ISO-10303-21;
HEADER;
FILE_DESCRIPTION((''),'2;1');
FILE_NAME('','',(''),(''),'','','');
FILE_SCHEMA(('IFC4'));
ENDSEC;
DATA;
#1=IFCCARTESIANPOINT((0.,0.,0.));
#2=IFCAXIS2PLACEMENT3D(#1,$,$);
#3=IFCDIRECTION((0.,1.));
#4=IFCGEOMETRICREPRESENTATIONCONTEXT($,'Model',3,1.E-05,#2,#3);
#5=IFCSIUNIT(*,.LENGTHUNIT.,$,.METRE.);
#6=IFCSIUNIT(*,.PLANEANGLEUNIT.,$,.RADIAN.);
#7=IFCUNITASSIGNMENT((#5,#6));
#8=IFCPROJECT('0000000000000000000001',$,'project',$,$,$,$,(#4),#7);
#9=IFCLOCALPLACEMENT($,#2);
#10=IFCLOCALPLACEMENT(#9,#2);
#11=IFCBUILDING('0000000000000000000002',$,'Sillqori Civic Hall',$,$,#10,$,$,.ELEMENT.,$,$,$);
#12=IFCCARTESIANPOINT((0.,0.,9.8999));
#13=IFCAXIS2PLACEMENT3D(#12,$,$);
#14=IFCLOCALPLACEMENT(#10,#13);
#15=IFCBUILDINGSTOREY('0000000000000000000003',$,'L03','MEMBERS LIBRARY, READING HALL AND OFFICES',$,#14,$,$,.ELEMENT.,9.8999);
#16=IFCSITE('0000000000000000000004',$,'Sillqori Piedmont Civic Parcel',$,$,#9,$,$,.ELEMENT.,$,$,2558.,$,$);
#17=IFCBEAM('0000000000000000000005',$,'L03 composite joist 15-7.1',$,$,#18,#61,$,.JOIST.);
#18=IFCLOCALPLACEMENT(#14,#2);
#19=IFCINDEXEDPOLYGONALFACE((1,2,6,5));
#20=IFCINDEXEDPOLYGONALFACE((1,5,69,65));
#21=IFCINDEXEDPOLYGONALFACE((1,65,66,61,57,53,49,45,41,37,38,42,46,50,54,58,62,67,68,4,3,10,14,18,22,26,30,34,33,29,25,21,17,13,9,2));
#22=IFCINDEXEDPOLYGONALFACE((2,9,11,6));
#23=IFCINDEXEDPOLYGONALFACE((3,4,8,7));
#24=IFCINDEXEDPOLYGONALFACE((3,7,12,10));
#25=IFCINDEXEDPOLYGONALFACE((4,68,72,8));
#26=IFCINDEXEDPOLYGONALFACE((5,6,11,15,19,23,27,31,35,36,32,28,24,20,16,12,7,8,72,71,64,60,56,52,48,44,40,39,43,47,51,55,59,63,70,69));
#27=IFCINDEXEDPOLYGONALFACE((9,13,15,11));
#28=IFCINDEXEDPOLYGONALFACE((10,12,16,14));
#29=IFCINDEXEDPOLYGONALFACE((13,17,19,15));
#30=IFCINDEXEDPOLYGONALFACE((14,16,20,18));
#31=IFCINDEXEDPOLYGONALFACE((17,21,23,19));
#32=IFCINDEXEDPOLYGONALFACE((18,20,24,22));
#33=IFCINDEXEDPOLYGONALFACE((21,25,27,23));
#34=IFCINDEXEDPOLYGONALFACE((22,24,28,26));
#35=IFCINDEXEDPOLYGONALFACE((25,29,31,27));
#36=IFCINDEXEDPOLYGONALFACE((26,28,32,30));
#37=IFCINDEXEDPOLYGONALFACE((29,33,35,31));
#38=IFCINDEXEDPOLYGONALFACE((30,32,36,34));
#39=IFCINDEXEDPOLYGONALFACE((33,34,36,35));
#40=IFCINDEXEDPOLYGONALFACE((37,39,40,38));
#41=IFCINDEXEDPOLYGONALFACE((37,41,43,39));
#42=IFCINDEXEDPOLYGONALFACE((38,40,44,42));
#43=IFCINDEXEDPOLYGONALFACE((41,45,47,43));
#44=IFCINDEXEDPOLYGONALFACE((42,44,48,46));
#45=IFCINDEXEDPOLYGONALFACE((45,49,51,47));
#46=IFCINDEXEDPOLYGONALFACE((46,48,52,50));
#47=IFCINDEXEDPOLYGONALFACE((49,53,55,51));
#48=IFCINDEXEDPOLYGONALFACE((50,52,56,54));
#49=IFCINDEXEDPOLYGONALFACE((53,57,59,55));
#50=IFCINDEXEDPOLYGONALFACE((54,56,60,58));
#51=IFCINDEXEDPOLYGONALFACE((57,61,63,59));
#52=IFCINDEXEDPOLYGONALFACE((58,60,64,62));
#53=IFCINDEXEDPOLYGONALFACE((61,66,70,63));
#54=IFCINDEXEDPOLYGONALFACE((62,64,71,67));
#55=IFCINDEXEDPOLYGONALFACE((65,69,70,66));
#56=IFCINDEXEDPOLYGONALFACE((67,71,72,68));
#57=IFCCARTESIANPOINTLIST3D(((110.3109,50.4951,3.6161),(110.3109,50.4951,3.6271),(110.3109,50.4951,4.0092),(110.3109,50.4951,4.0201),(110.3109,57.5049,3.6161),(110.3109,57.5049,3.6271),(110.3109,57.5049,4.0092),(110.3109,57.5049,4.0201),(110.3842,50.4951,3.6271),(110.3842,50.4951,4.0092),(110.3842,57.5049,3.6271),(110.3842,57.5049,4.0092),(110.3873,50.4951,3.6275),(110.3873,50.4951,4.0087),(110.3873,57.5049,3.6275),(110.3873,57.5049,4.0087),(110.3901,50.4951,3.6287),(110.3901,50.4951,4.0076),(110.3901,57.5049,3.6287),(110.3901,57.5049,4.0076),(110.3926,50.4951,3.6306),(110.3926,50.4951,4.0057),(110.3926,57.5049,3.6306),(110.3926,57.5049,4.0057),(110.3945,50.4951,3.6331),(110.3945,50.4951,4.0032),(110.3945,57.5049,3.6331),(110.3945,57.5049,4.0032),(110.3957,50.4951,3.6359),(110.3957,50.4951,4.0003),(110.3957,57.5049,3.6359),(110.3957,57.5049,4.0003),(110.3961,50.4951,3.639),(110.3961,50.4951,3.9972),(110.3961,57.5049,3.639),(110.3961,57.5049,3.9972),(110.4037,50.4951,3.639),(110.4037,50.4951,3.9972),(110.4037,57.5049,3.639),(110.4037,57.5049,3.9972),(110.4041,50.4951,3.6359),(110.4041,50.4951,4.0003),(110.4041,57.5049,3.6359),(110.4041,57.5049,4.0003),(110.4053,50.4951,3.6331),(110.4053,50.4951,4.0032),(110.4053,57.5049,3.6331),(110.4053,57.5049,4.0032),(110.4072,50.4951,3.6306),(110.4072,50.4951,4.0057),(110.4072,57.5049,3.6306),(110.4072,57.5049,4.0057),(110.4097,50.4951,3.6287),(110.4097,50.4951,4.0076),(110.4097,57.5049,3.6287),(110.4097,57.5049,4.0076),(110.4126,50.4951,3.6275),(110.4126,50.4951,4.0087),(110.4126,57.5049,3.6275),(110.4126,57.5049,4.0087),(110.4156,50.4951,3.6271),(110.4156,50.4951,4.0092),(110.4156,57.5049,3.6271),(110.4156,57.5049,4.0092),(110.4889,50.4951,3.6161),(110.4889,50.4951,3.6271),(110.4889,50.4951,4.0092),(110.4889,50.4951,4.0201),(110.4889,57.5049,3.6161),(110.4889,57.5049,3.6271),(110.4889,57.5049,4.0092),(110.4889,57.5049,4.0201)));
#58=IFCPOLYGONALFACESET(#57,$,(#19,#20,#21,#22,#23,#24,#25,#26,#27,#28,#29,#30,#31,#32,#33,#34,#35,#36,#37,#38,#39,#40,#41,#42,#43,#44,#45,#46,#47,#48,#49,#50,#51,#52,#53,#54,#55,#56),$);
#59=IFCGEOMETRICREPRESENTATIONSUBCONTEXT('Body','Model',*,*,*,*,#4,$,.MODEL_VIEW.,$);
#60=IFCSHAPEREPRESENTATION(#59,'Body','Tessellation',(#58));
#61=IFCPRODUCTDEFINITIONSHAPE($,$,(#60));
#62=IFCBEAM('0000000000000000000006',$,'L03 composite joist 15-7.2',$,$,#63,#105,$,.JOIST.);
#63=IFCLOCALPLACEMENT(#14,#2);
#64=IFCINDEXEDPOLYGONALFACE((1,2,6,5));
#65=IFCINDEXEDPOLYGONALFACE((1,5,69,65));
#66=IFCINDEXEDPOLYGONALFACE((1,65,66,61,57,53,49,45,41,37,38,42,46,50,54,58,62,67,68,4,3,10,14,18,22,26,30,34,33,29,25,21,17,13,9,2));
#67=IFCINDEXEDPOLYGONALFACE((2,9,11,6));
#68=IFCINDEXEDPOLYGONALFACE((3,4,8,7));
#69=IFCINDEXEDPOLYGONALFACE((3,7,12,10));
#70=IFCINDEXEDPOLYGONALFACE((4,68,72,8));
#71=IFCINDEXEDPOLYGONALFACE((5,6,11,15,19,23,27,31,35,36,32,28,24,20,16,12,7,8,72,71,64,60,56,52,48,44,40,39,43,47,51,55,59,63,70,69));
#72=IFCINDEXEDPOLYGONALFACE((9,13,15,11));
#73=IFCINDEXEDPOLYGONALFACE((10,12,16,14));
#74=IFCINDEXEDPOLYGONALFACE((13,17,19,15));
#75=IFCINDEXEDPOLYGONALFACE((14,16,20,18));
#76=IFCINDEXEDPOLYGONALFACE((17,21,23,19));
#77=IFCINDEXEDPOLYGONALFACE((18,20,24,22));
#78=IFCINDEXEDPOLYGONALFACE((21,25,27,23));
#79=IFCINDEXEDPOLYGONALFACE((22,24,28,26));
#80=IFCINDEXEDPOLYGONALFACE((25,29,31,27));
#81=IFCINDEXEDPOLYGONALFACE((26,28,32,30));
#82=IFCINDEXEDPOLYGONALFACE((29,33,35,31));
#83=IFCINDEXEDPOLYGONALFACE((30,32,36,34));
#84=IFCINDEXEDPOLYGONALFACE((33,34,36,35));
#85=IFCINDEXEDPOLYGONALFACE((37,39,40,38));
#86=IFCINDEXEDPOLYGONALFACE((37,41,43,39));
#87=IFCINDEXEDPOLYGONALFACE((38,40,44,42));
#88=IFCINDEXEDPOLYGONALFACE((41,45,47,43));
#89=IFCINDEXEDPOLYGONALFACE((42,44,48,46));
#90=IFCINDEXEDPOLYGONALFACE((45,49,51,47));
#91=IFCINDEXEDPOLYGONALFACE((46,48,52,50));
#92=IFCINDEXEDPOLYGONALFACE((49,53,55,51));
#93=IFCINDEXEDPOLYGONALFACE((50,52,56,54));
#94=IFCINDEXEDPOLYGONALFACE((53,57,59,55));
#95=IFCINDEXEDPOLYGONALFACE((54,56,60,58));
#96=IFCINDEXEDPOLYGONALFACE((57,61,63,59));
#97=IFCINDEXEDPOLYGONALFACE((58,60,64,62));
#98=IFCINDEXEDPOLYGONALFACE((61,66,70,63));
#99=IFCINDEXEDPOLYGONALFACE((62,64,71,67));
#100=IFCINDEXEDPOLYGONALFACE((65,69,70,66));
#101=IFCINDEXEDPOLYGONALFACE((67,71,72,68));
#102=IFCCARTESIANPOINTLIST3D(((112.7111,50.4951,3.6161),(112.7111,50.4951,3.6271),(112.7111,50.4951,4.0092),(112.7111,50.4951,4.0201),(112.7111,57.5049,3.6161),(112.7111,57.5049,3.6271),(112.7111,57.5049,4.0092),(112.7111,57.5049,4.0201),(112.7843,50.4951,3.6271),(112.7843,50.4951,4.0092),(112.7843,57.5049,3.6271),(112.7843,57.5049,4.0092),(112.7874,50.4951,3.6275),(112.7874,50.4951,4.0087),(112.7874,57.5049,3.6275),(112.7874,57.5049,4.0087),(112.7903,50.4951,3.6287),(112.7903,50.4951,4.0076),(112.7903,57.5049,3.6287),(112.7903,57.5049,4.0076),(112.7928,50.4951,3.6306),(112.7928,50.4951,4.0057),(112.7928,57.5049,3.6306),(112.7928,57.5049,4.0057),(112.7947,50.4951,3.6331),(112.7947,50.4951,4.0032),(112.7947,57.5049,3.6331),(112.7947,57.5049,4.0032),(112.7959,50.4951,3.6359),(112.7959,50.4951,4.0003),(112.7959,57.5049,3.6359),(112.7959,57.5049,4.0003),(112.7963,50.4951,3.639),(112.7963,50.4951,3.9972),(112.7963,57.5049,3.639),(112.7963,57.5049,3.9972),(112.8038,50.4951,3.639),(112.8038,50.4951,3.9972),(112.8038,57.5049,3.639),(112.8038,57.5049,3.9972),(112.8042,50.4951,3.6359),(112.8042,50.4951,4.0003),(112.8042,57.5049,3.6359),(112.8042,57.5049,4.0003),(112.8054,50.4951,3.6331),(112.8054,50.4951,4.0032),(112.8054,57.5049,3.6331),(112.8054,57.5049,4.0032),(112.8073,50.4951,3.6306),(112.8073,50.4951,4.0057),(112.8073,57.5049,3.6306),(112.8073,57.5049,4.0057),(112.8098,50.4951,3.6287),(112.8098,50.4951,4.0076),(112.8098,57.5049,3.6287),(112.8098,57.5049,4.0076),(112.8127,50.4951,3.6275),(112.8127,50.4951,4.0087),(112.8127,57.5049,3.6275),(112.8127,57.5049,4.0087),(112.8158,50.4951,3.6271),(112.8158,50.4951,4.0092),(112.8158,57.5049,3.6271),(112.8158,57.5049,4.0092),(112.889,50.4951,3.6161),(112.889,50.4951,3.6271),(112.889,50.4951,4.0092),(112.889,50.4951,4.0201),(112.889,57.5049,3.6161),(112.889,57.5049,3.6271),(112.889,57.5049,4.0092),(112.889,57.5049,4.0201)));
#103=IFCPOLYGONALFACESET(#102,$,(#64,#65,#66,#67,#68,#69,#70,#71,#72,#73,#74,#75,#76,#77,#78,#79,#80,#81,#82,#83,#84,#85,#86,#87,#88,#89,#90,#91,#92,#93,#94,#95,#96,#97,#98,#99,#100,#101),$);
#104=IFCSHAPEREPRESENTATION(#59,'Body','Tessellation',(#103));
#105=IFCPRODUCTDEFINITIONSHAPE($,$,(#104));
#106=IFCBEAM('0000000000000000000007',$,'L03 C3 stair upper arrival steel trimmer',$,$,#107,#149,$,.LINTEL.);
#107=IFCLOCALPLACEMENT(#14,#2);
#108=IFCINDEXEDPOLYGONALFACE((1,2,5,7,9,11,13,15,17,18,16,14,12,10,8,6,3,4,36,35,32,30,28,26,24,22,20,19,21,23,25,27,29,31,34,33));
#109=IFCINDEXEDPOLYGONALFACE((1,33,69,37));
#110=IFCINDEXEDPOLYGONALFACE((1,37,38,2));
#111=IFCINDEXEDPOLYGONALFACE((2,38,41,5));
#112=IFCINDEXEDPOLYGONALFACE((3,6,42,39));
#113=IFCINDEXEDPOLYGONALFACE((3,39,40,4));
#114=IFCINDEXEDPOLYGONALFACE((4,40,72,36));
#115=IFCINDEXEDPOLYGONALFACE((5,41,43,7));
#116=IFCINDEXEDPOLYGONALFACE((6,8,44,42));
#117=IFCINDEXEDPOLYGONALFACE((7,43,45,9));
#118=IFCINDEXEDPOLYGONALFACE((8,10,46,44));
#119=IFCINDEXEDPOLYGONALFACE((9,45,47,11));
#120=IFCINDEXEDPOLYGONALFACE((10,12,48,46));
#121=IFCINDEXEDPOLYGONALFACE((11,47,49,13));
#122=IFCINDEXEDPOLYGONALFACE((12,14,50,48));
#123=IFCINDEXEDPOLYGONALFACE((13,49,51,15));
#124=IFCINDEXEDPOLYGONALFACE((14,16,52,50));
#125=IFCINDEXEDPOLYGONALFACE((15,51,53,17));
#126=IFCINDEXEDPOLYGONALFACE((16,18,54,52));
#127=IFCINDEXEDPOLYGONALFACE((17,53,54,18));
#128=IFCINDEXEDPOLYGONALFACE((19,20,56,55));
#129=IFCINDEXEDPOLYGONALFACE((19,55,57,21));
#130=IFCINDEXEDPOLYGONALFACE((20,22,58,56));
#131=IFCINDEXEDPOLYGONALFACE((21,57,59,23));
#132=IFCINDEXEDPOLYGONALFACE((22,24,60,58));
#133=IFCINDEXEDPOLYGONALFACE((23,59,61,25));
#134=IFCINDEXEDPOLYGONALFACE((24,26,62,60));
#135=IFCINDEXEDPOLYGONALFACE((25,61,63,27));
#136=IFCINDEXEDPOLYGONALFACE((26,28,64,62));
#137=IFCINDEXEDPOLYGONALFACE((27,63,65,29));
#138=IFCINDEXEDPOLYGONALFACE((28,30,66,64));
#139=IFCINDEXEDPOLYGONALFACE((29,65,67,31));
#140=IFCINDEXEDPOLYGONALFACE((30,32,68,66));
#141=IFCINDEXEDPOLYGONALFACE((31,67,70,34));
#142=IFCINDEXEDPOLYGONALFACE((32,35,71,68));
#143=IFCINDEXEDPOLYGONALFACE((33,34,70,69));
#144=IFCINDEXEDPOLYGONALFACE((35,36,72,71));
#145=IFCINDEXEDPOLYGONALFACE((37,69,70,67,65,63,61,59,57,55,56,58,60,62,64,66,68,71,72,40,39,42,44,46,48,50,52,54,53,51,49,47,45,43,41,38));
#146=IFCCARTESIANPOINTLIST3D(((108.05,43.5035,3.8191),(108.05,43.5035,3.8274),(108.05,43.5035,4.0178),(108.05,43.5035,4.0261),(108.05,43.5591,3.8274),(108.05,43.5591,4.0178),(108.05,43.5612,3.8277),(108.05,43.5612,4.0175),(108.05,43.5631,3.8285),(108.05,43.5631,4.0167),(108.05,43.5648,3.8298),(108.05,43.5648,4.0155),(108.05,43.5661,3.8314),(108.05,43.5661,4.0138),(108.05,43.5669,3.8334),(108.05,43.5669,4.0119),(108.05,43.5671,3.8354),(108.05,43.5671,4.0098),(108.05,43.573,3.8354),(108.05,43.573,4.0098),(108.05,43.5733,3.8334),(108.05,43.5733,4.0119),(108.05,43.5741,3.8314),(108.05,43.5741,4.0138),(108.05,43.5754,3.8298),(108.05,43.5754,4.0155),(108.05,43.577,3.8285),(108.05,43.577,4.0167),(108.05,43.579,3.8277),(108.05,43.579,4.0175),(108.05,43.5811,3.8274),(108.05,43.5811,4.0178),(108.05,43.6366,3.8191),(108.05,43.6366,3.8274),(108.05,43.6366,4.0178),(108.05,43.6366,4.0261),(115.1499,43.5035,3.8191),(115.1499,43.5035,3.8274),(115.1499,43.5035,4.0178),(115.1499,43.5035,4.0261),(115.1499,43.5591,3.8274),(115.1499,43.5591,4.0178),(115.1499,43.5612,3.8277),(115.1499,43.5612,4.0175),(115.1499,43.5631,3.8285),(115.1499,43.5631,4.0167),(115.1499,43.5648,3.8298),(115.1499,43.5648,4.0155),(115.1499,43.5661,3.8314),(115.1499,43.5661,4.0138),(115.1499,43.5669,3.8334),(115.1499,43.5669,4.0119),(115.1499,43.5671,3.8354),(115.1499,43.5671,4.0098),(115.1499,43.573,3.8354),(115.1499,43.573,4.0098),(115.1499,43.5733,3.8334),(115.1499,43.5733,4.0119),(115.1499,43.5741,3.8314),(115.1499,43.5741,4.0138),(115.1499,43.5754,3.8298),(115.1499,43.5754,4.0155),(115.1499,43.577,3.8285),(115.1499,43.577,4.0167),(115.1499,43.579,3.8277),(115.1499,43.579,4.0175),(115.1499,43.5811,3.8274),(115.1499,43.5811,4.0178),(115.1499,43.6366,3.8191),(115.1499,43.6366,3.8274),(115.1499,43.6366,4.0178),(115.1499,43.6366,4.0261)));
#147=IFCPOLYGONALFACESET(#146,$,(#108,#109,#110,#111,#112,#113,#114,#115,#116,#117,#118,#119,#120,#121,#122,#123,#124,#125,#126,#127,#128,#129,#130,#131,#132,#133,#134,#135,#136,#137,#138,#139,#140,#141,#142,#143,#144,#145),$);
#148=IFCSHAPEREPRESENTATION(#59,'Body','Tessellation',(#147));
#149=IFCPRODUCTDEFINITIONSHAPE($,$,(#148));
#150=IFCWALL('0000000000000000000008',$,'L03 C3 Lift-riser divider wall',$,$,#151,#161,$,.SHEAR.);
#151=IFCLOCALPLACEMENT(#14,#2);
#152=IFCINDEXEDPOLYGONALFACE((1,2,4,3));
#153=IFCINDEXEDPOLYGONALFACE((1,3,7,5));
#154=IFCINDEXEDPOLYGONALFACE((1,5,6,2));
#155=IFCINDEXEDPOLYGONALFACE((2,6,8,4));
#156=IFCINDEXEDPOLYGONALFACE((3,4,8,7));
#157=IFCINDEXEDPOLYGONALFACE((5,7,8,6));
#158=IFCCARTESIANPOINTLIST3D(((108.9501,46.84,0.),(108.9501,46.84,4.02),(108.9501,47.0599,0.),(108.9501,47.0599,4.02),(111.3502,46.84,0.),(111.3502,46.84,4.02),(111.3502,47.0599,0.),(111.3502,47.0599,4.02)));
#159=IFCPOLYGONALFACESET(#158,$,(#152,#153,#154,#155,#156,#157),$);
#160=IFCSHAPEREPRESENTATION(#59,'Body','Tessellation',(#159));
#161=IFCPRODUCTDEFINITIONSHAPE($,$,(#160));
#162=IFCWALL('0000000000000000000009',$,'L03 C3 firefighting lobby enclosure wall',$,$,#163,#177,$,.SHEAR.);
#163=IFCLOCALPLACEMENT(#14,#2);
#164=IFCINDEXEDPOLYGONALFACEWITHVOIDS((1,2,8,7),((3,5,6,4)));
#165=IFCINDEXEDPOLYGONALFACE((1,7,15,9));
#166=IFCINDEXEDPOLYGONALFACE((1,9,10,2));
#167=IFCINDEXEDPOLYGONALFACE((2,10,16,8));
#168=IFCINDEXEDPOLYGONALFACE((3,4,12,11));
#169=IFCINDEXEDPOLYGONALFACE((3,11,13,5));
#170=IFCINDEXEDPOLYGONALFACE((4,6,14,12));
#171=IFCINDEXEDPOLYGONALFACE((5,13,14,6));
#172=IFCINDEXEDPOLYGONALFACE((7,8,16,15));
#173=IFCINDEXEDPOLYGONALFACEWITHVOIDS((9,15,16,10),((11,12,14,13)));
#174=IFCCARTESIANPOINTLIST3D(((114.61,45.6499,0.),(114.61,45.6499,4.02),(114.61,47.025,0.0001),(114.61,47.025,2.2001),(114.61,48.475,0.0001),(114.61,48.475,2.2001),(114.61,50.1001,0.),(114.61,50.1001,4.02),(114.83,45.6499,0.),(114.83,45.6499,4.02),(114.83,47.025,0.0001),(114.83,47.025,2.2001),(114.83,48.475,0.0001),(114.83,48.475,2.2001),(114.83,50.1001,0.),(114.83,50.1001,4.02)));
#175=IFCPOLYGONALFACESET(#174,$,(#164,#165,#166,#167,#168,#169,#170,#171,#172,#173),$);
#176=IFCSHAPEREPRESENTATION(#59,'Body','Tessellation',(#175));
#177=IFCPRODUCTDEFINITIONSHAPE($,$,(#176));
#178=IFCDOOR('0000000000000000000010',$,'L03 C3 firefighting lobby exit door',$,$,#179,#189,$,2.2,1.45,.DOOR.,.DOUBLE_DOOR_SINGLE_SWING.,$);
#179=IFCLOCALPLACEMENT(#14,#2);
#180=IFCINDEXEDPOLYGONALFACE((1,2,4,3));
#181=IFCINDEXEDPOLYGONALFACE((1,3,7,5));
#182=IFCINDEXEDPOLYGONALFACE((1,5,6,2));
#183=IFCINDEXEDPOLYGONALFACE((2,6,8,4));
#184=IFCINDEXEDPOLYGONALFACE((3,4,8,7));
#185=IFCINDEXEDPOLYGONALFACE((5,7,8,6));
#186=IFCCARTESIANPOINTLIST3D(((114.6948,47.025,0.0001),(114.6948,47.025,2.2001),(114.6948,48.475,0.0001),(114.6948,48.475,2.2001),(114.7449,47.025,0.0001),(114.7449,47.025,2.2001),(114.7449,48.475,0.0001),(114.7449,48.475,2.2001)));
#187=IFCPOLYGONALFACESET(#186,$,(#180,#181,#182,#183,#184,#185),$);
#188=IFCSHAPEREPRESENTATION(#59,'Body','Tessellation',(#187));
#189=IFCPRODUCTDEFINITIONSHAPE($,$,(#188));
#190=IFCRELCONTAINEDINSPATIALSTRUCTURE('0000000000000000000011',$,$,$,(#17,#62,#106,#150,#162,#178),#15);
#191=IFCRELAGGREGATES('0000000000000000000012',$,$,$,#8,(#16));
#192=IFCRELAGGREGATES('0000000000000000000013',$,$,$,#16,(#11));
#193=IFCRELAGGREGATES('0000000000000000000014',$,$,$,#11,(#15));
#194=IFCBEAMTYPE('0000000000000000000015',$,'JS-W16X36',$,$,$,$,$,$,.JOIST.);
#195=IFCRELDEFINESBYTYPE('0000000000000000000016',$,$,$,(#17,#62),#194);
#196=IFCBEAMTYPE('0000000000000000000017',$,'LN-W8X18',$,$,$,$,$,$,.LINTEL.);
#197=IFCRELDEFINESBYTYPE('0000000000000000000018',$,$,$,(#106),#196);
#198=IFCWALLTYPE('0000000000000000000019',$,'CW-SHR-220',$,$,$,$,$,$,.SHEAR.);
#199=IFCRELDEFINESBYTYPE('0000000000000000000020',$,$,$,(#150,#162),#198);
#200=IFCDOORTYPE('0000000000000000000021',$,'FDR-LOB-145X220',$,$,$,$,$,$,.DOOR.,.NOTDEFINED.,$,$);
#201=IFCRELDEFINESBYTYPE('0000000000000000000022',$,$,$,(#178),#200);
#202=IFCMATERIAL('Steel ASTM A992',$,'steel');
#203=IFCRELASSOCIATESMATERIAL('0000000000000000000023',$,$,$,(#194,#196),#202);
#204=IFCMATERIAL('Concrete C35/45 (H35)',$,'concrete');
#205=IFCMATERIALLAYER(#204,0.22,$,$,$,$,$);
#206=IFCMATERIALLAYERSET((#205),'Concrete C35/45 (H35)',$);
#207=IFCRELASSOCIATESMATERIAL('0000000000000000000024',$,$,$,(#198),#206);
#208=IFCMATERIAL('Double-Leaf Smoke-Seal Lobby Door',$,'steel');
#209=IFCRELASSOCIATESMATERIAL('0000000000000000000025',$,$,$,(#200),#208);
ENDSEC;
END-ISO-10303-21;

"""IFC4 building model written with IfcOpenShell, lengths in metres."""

from ifc_helpers import new_model, si_unit, direction, frame, frame_2d, origin, origin_2d, place, context, subcontext, project, spatial, rectangle, i_section, extrude, material, layer, layer_set, material_profile, profile_set, type_object, element, fill, save


model = new_model("IFC4")

# Units and contexts
model_context = context("Model", 3, precision=1e-05, world=origin(), true_north=direction((0.0, 1.0)))
body_context = subcontext(model_context, "Body", "Model", "MODEL_VIEW")
ifc_project = project(units=[si_unit("LENGTHUNIT", "METRE"), si_unit("PLANEANGLEUNIT", "RADIAN")], contexts=[model_context])

# Site, building, storey
site_placement = place(None, origin())
site = spatial("IfcSite", under=ifc_project, at=site_placement, Name="Sillqori Piedmont Civic Parcel", CompositionType="ELEMENT", RefElevation=2558.0)
building_placement = place(site_placement, origin())
building = spatial("IfcBuilding", under=site, at=building_placement, Name="Sillqori Civic Hall", CompositionType="ELEMENT")
storey_placement = place(building_placement, frame((0.0, 0.0, 9.8999)))
storey = spatial("IfcBuildingStorey", under=building, at=storey_placement, Name="L03", Description="MEMBERS LIBRARY, READING HALL AND OFFICES", CompositionType="ELEMENT", Elevation=9.8999)

# Shared definitions
ifc_material_1 = material(Name="Concrete C35/45 (H35)", Category="concrete")

# Beams
ifc_material_2 = material(Name="Steel ASTM A992", Category="steel")
ifc_material_profile_1 = material_profile(ifc_material_2, i_section(OverallWidth=0.178, OverallDepth=0.4041, WebThickness=0.0076, FlangeThickness=0.011, FilletRadius=0.012, at=origin_2d()), Name="W16X36")
ifc_profile_set_1 = profile_set([ifc_material_profile_1], Name="Steel ASTM A992")
beam_type_1 = type_object("IfcBeamType", Name="JS-W16X36", PredefinedType="JOIST", material=ifc_profile_set_1)
for number, where, z_axis, x_axis, name in (
    (1, (110.3999, 50.4951, 3.8181), (0.0, 1.0, 0.0), (-1.0, 0.0, 0.0), "L03 composite joist 15-7.1"),
    (2, (112.8, 50.4951, 3.8181), (0.0, 1.0, 0.0), (-1.0, 0.0, 0.0), "L03 composite joist 15-7.2"),
):
    element("IfcBeam", number, at=place(storey_placement, frame(where, z_axis=z_axis, x_axis=x_axis)), inside=storey, type_object=beam_type_1, Name=name, PredefinedType="JOIST", context=body_context, shape_type="SweptSolid", body=[
        extrude(i_section(OverallWidth=0.178, OverallDepth=0.4041, WebThickness=0.0076, FlangeThickness=0.011, FilletRadius=0.012, at=origin_2d()), origin(), (0.0, 0.0, 1.0), 7.0098),
    ])
ifc_material_profile_2 = material_profile(ifc_material_2, i_section(OverallWidth=0.1331, OverallDepth=0.207, WebThickness=0.0059, FlangeThickness=0.0083, FilletRadius=0.0081, at=origin_2d()), Name="W8X18")
ifc_profile_set_2 = profile_set([ifc_material_profile_2], Name="Steel ASTM A992")
beam_type_2 = type_object("IfcBeamType", Name="LN-W8X18", PredefinedType="LINTEL", material=ifc_profile_set_2)
beam_1_placement = place(storey_placement, frame((108.05, 43.5701, 3.9226), z_axis=(1.0, 0.0, 0.0), x_axis=(0.0, 1.0, 0.0)))
element("IfcBeam", 3, at=beam_1_placement, inside=storey, type_object=beam_type_2, Name="L03 C3 stair upper arrival steel trimmer", PredefinedType="LINTEL", context=body_context, shape_type="SweptSolid", body=[
    extrude(i_section(OverallWidth=0.1331, OverallDepth=0.207, WebThickness=0.0059, FlangeThickness=0.0083, FilletRadius=0.0081, at=origin_2d()), origin(), (0.0, 0.0, 1.0), 7.0999),
])

# Wall
ifc_layer_1 = layer(ifc_material_1, 0.22)
ifc_layer_set_1 = layer_set([ifc_layer_1], Name="Concrete C35/45 (H35)")
wall_type_1 = type_object("IfcWallType", Name="CW-SHR-220", PredefinedType="SHEAR", material=ifc_layer_set_1)
wall_1_placement = place(storey_placement, frame((108.95, 46.95, 0.0), z_axis=(0.0, 0.0, 1.0), x_axis=(1.0, 0.0, 0.0)))
element("IfcWall", 4, at=wall_1_placement, inside=storey, type_object=wall_type_1, Name="L03 C3 Lift-riser divider wall", PredefinedType="SHEAR", context=body_context, shape_type="SweptSolid", body=[
    extrude(rectangle(XDim=2.4001, YDim=0.22, at=frame_2d((1.2002, 0.0))), origin(), (0.0, 0.0, 1.0), 4.02),
])

# Wall, opening, door
wall_2_placement = place(storey_placement, frame((114.72, 50.1001, 0.0), z_axis=(0.0, 0.0, 1.0), x_axis=(0.0, -1.0, 0.0)))
wall_2 = element("IfcWall", 5, at=wall_2_placement, inside=storey, type_object=wall_type_1, Name="L03 C3 firefighting lobby enclosure wall", PredefinedType="SHEAR", context=body_context, shape_type="SweptSolid", body=[
    extrude(rectangle(XDim=4.4502, YDim=0.22, at=frame_2d((2.2251, 0.0))), origin(), (0.0, 0.0, 1.0), 4.02),
])
opening_1_placement = place(wall_2_placement, frame((1.625, 0.0, 0.0)))
opening_1 = element("IfcOpeningElement", 6, at=opening_1_placement, cuts=wall_2, PredefinedType="OPENING", context=body_context, shape_type="SweptSolid", body=[
    extrude(rectangle(XDim=1.45, YDim=2.2, at=frame_2d((0.7251, 1.1001))), frame((0.0, 0.1199, 0.0), z_axis=(0.0, -1.0, 0.0), x_axis=(1.0, 0.0, 0.0)), (0.0, 0.0, 1.0), 0.24),
])
ifc_material_3 = material(Name="Double-Leaf Smoke-Seal Lobby Door", Category="steel")
door_type_1 = type_object("IfcDoorType", Name="FDR-LOB-145X220", OperationType="NOTDEFINED", PredefinedType="DOOR", material=ifc_material_3)
door_1_placement = place(opening_1_placement, origin())
door_1 = element("IfcDoor", 7, at=door_1_placement, inside=storey, type_object=door_type_1, Name="L03 C3 firefighting lobby exit door", OperationType="DOUBLE_DOOR_SINGLE_SWING", OverallHeight=2.2, OverallWidth=1.45, PredefinedType="DOOR", context=body_context, shape_type="SweptSolid", body=[
    extrude(rectangle(XDim=1.45, YDim=2.2, at=frame_2d((0.7251, 1.1001))), frame((0.0, 0.0249, 0.0), z_axis=(0.0, -1.0, 0.0), x_axis=(1.0, 0.0, 0.0)), (0.0, 0.0, 1.0), 0.05),
])
fill(opening_1, door_1)

save(model, "model.ifc")
